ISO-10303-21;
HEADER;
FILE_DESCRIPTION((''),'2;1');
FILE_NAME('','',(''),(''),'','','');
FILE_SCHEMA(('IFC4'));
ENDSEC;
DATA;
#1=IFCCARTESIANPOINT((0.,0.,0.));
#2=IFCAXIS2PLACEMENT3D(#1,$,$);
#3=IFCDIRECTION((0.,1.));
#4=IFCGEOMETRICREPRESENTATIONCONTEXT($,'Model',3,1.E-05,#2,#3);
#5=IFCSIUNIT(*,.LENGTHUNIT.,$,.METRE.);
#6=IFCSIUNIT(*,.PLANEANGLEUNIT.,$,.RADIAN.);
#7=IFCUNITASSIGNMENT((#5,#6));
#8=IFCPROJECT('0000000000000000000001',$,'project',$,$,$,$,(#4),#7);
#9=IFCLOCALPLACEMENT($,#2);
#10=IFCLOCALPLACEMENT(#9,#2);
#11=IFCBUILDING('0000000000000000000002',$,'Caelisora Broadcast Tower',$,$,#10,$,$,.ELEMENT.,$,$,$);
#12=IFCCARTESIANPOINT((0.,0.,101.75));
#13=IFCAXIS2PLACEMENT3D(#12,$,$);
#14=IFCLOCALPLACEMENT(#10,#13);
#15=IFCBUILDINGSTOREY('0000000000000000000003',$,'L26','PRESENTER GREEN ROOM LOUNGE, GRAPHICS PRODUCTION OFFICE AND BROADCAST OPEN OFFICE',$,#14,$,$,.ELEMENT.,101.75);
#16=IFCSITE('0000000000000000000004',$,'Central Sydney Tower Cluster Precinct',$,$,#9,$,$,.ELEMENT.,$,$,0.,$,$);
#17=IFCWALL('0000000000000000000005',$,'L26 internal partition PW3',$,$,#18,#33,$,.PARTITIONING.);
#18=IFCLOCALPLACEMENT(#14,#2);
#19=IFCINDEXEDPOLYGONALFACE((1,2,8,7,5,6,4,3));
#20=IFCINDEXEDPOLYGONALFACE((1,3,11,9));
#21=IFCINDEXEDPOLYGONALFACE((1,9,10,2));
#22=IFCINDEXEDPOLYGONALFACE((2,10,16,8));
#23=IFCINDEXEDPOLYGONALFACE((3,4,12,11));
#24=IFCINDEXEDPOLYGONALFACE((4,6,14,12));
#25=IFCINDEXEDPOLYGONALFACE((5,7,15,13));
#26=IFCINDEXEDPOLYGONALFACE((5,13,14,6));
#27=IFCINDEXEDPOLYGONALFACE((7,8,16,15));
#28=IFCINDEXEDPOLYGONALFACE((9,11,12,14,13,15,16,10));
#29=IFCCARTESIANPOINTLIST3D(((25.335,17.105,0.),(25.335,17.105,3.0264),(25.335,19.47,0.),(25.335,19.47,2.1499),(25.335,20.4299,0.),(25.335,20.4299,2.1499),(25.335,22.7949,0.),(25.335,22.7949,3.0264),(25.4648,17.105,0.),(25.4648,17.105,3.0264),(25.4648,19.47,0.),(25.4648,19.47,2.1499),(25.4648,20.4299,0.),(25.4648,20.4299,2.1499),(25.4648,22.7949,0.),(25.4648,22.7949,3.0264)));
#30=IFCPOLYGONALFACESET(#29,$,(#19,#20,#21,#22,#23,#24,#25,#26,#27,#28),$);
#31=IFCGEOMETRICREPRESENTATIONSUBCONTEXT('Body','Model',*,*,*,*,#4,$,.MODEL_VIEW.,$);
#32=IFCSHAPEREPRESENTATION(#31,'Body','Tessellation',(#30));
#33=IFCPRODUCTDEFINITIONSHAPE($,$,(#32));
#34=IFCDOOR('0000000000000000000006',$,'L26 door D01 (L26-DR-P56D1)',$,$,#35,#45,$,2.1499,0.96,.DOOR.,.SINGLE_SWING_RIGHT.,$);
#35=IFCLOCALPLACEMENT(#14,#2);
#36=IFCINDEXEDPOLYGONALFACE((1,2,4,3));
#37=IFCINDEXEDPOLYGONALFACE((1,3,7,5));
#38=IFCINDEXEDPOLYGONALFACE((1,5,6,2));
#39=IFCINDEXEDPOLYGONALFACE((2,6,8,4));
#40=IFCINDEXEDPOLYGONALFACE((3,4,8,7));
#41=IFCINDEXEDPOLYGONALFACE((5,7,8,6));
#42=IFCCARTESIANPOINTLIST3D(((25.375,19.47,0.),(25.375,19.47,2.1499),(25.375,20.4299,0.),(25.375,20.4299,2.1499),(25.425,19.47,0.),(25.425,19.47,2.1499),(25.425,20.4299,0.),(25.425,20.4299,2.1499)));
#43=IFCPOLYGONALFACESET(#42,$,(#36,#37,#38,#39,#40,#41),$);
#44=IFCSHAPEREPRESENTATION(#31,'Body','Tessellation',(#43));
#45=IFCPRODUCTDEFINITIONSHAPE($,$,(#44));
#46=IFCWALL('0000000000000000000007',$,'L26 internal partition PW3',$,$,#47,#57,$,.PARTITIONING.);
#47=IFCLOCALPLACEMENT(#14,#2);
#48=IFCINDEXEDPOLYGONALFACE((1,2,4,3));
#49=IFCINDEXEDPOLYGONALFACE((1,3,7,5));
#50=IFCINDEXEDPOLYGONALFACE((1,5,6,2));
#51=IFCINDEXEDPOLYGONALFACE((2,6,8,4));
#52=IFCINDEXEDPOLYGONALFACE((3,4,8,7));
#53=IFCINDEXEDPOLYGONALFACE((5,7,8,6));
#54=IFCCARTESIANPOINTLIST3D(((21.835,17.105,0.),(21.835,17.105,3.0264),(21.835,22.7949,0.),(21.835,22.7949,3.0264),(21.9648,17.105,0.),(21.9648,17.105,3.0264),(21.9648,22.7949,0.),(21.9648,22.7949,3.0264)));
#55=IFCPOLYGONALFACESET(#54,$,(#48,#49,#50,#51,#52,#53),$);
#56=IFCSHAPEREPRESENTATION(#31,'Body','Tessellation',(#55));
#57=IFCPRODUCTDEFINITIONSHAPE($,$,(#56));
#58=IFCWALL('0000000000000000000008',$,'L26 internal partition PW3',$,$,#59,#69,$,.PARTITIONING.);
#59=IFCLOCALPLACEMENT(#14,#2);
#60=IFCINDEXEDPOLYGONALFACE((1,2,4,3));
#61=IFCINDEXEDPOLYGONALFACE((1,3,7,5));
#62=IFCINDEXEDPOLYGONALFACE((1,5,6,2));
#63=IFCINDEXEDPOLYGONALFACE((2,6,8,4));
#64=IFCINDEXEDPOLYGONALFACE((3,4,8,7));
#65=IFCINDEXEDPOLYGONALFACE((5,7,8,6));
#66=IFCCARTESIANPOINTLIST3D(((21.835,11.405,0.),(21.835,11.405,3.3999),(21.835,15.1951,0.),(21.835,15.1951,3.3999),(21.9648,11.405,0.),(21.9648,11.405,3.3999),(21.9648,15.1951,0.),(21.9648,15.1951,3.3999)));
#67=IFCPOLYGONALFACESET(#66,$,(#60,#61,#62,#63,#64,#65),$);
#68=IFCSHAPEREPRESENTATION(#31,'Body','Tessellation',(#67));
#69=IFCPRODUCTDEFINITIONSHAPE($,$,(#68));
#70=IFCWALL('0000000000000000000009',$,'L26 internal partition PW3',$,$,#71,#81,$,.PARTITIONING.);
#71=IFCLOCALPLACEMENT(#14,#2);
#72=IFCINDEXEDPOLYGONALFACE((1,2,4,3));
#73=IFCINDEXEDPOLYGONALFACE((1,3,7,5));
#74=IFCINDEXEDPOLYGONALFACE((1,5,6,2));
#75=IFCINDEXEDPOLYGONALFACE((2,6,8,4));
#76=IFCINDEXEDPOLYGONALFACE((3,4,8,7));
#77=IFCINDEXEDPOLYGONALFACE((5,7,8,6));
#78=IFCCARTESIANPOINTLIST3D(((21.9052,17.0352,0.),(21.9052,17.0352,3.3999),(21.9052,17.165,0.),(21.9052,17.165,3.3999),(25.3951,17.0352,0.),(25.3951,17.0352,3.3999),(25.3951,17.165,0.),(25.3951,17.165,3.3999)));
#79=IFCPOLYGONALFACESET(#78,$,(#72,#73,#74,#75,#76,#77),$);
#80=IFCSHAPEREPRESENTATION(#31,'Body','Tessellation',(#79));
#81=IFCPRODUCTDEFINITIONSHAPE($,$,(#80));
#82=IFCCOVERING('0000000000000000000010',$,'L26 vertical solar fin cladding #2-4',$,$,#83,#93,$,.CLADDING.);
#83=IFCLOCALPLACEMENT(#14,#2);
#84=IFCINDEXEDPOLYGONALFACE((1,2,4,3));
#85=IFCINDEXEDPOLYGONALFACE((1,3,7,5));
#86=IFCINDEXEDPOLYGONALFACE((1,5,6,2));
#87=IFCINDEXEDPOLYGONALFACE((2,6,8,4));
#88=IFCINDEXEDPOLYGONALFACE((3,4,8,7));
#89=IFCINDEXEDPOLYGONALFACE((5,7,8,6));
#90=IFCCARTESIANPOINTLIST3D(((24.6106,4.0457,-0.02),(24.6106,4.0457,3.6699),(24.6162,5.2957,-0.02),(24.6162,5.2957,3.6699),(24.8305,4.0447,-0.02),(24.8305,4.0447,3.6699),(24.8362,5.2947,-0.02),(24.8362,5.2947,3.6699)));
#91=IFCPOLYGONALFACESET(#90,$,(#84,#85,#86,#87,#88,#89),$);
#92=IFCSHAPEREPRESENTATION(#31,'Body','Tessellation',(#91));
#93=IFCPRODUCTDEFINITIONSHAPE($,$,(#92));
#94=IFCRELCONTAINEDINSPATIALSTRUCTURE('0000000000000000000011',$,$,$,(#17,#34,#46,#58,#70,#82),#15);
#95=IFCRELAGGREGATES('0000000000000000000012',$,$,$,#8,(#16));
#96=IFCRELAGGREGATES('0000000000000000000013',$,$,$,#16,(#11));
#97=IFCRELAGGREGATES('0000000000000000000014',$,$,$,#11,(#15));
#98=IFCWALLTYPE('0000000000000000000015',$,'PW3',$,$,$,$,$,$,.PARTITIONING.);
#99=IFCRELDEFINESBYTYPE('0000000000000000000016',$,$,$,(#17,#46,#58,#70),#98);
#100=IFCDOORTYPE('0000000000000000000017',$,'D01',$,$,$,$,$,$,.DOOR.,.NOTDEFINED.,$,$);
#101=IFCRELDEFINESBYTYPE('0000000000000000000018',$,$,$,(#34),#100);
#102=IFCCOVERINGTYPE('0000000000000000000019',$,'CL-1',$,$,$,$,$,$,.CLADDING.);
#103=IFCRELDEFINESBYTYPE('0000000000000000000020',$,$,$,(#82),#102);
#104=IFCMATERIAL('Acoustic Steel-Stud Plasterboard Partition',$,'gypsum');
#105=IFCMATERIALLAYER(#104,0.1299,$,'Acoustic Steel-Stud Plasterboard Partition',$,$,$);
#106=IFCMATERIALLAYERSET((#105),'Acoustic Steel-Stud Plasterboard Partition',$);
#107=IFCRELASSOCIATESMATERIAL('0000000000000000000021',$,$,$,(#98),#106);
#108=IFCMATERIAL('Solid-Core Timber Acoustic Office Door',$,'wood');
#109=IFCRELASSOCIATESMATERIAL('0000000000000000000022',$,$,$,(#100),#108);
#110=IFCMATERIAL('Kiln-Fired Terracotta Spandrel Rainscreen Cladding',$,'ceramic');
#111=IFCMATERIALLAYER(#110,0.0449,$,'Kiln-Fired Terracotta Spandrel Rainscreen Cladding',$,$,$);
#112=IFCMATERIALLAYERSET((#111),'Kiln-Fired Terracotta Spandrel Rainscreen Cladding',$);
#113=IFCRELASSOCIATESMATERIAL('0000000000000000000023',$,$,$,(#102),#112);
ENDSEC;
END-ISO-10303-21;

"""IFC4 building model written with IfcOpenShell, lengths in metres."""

from ifc_helpers import new_model, si_unit, direction, frame, frame_2d, origin, origin_2d, place, context, subcontext, project, spatial, rectangle, extrude, source, transform, mapped, material, layer, layer_set, type_object, type_shapes, element, fill, save


model = new_model("IFC4")

# Units and contexts
model_context = context("Model", 3, precision=1e-05, world=origin(), true_north=direction((0.0, 1.0)))
body_context = subcontext(model_context, "Body", "Model", "MODEL_VIEW")
ifc_project = project(units=[si_unit("LENGTHUNIT", "METRE"), si_unit("PLANEANGLEUNIT", "RADIAN")], contexts=[model_context])

# Site, building, storey
site_placement = place(None, origin())
site = spatial("IfcSite", under=ifc_project, at=site_placement, Name="Central Sydney Tower Cluster Precinct", CompositionType="ELEMENT", RefElevation=0.0)
building_placement = place(site_placement, origin())
building = spatial("IfcBuilding", under=site, at=building_placement, Name="Caelisora Broadcast Tower", CompositionType="ELEMENT")
storey_placement = place(building_placement, frame((0.0, 0.0, 101.75)))
storey = spatial("IfcBuildingStorey", under=building, at=storey_placement, Name="L26", Description="PRESENTER GREEN ROOM LOUNGE, GRAPHICS PRODUCTION OFFICE AND BROADCAST OPEN OFFICE", CompositionType="ELEMENT", Elevation=101.75)

# Shared definitions
ifc_material_1 = material(Name="Acoustic Steel-Stud Plasterboard Partition", Category="gypsum")
ifc_layer_1 = layer(ifc_material_1, 0.1299, Name="Acoustic Steel-Stud Plasterboard Partition")
ifc_layer_set_1 = layer_set([ifc_layer_1], Name="Acoustic Steel-Stud Plasterboard Partition")
wall_type_1 = type_object("IfcWallType", Name="PW3", PredefinedType="PARTITIONING", material=ifc_layer_set_1)
ifc_material_2 = material(Name="Solid-Core Timber Acoustic Office Door", Category="wood")
door_type_1 = type_object("IfcDoorType", Name="D01", OperationType="NOTDEFINED", PredefinedType="DOOR", material=ifc_material_2)

# Wall, opening, door
wall_1_placement = place(storey_placement, frame((25.3999, 17.105, 0.0), z_axis=(0.0, 0.0, 1.0), x_axis=(0.0, 1.0, 0.0)))
wall_1 = element("IfcWall", 1, at=wall_1_placement, inside=storey, type_object=wall_type_1, Name="L26 internal partition PW3", PredefinedType="PARTITIONING", context=body_context, shape_type="SweptSolid", body=[
    extrude(rectangle(XDim=5.6899, YDim=0.1299, at=frame_2d((2.845, 0.0))), origin(), (0.0, 0.0, 1.0), 3.0264),
])
opening_1_placement = place(wall_1_placement, frame((2.365, 0.0, 0.0)))
opening_1 = element("IfcOpeningElement", 2, at=opening_1_placement, cuts=wall_1, PredefinedType="OPENING", context=body_context, shape_type="SweptSolid", body=[
    extrude(rectangle(XDim=0.96, YDim=2.1499, at=frame_2d((0.48, 1.075))), frame((0.0, 0.0769, 0.0), z_axis=(0.0, -1.0, 0.0), x_axis=(1.0, 0.0, 0.0)), (0.0, 0.0, 1.0), 0.1538),
])
door_1_placement = place(opening_1_placement, origin())
door_1 = element("IfcDoor", 3, at=door_1_placement, inside=storey, type_object=door_type_1, Name="L26 door D01 (L26-DR-P56D1)", OperationType="SINGLE_SWING_RIGHT", OverallHeight=2.1499, OverallWidth=0.96, PredefinedType="DOOR", context=body_context, shape_type="SweptSolid", body=[
    extrude(rectangle(XDim=0.96, YDim=2.1499, at=frame_2d((0.48, 1.075))), frame((0.0, 0.0249, 0.0), z_axis=(0.0, -1.0, 0.0), x_axis=(1.0, 0.0, 0.0)), (0.0, 0.0, 1.0), 0.05),
])
fill(opening_1, door_1)

# Walls
wall_2_placement = place(storey_placement, frame((21.8999, 17.105, 0.0), z_axis=(0.0, 0.0, 1.0), x_axis=(0.0, 1.0, 0.0)))
element("IfcWall", 4, at=wall_2_placement, inside=storey, type_object=wall_type_1, Name="L26 internal partition PW3", PredefinedType="PARTITIONING", context=body_context, shape_type="SweptSolid", body=[
    extrude(rectangle(XDim=5.6899, YDim=0.1299, at=frame_2d((2.845, 0.0))), origin(), (0.0, 0.0, 1.0), 3.0264),
])
wall_3_placement = place(storey_placement, frame((21.8999, 11.405, 0.0), z_axis=(0.0, 0.0, 1.0), x_axis=(0.0, 1.0, 0.0)))
element("IfcWall", 5, at=wall_3_placement, inside=storey, type_object=wall_type_1, Name="L26 internal partition PW3", PredefinedType="PARTITIONING", context=body_context, shape_type="SweptSolid", body=[
    extrude(rectangle(XDim=3.79, YDim=0.1299, at=frame_2d((1.895, 0.0))), origin(), (0.0, 0.0, 1.0), 3.3999),
])
wall_4_placement = place(storey_placement, frame((21.905, 17.1001, 0.0), z_axis=(0.0, 0.0, 1.0), x_axis=(1.0, 0.0, 0.0)))
element("IfcWall", 6, at=wall_4_placement, inside=storey, type_object=wall_type_1, Name="L26 internal partition PW3", PredefinedType="PARTITIONING", context=body_context, shape_type="SweptSolid", body=[
    extrude(rectangle(XDim=3.49, YDim=0.1299, at=frame_2d((1.7451, 0.0))), origin(), (0.0, 0.0, 1.0), 3.3999),
])

# Covering
ifc_material_3 = material(Name="Kiln-Fired Terracotta Spandrel Rainscreen Cladding", Category="ceramic")
ifc_layer_2 = layer(ifc_material_3, 0.0449, Name="Kiln-Fired Terracotta Spandrel Rainscreen Cladding")
ifc_layer_set_2 = layer_set([ifc_layer_2], Name="Kiln-Fired Terracotta Spandrel Rainscreen Cladding")
covering_type = type_object("IfcCoveringType", Name="CL-1", PredefinedType="CLADDING", material=ifc_layer_set_2)
shared_shape_1 = source(origin(), body_context, "Body", "SweptSolid", [
    extrude(rectangle(XDim=0.22, YDim=1.25, at=origin_2d()), origin(), (0.0, 0.0, 1.0), 3.6899),
])
type_shapes(covering_type, [shared_shape_1])
covering_placement = place(storey_placement, frame((24.7234, 4.6702, -0.02), z_axis=(0.0, 0.0, 1.0), x_axis=(-0.99999, 0.004538, 0.0)))
element("IfcCovering", 7, at=covering_placement, inside=storey, type_object=covering_type, Name="L26 vertical solar fin cladding #2-4", PredefinedType="CLADDING", context=body_context, shape_type="MappedRepresentation", body=[
    mapped(shared_shape_1, transform((0.0, 0.0, 0.0), scale=1.0)),
])

save(model, "model.ifc")
